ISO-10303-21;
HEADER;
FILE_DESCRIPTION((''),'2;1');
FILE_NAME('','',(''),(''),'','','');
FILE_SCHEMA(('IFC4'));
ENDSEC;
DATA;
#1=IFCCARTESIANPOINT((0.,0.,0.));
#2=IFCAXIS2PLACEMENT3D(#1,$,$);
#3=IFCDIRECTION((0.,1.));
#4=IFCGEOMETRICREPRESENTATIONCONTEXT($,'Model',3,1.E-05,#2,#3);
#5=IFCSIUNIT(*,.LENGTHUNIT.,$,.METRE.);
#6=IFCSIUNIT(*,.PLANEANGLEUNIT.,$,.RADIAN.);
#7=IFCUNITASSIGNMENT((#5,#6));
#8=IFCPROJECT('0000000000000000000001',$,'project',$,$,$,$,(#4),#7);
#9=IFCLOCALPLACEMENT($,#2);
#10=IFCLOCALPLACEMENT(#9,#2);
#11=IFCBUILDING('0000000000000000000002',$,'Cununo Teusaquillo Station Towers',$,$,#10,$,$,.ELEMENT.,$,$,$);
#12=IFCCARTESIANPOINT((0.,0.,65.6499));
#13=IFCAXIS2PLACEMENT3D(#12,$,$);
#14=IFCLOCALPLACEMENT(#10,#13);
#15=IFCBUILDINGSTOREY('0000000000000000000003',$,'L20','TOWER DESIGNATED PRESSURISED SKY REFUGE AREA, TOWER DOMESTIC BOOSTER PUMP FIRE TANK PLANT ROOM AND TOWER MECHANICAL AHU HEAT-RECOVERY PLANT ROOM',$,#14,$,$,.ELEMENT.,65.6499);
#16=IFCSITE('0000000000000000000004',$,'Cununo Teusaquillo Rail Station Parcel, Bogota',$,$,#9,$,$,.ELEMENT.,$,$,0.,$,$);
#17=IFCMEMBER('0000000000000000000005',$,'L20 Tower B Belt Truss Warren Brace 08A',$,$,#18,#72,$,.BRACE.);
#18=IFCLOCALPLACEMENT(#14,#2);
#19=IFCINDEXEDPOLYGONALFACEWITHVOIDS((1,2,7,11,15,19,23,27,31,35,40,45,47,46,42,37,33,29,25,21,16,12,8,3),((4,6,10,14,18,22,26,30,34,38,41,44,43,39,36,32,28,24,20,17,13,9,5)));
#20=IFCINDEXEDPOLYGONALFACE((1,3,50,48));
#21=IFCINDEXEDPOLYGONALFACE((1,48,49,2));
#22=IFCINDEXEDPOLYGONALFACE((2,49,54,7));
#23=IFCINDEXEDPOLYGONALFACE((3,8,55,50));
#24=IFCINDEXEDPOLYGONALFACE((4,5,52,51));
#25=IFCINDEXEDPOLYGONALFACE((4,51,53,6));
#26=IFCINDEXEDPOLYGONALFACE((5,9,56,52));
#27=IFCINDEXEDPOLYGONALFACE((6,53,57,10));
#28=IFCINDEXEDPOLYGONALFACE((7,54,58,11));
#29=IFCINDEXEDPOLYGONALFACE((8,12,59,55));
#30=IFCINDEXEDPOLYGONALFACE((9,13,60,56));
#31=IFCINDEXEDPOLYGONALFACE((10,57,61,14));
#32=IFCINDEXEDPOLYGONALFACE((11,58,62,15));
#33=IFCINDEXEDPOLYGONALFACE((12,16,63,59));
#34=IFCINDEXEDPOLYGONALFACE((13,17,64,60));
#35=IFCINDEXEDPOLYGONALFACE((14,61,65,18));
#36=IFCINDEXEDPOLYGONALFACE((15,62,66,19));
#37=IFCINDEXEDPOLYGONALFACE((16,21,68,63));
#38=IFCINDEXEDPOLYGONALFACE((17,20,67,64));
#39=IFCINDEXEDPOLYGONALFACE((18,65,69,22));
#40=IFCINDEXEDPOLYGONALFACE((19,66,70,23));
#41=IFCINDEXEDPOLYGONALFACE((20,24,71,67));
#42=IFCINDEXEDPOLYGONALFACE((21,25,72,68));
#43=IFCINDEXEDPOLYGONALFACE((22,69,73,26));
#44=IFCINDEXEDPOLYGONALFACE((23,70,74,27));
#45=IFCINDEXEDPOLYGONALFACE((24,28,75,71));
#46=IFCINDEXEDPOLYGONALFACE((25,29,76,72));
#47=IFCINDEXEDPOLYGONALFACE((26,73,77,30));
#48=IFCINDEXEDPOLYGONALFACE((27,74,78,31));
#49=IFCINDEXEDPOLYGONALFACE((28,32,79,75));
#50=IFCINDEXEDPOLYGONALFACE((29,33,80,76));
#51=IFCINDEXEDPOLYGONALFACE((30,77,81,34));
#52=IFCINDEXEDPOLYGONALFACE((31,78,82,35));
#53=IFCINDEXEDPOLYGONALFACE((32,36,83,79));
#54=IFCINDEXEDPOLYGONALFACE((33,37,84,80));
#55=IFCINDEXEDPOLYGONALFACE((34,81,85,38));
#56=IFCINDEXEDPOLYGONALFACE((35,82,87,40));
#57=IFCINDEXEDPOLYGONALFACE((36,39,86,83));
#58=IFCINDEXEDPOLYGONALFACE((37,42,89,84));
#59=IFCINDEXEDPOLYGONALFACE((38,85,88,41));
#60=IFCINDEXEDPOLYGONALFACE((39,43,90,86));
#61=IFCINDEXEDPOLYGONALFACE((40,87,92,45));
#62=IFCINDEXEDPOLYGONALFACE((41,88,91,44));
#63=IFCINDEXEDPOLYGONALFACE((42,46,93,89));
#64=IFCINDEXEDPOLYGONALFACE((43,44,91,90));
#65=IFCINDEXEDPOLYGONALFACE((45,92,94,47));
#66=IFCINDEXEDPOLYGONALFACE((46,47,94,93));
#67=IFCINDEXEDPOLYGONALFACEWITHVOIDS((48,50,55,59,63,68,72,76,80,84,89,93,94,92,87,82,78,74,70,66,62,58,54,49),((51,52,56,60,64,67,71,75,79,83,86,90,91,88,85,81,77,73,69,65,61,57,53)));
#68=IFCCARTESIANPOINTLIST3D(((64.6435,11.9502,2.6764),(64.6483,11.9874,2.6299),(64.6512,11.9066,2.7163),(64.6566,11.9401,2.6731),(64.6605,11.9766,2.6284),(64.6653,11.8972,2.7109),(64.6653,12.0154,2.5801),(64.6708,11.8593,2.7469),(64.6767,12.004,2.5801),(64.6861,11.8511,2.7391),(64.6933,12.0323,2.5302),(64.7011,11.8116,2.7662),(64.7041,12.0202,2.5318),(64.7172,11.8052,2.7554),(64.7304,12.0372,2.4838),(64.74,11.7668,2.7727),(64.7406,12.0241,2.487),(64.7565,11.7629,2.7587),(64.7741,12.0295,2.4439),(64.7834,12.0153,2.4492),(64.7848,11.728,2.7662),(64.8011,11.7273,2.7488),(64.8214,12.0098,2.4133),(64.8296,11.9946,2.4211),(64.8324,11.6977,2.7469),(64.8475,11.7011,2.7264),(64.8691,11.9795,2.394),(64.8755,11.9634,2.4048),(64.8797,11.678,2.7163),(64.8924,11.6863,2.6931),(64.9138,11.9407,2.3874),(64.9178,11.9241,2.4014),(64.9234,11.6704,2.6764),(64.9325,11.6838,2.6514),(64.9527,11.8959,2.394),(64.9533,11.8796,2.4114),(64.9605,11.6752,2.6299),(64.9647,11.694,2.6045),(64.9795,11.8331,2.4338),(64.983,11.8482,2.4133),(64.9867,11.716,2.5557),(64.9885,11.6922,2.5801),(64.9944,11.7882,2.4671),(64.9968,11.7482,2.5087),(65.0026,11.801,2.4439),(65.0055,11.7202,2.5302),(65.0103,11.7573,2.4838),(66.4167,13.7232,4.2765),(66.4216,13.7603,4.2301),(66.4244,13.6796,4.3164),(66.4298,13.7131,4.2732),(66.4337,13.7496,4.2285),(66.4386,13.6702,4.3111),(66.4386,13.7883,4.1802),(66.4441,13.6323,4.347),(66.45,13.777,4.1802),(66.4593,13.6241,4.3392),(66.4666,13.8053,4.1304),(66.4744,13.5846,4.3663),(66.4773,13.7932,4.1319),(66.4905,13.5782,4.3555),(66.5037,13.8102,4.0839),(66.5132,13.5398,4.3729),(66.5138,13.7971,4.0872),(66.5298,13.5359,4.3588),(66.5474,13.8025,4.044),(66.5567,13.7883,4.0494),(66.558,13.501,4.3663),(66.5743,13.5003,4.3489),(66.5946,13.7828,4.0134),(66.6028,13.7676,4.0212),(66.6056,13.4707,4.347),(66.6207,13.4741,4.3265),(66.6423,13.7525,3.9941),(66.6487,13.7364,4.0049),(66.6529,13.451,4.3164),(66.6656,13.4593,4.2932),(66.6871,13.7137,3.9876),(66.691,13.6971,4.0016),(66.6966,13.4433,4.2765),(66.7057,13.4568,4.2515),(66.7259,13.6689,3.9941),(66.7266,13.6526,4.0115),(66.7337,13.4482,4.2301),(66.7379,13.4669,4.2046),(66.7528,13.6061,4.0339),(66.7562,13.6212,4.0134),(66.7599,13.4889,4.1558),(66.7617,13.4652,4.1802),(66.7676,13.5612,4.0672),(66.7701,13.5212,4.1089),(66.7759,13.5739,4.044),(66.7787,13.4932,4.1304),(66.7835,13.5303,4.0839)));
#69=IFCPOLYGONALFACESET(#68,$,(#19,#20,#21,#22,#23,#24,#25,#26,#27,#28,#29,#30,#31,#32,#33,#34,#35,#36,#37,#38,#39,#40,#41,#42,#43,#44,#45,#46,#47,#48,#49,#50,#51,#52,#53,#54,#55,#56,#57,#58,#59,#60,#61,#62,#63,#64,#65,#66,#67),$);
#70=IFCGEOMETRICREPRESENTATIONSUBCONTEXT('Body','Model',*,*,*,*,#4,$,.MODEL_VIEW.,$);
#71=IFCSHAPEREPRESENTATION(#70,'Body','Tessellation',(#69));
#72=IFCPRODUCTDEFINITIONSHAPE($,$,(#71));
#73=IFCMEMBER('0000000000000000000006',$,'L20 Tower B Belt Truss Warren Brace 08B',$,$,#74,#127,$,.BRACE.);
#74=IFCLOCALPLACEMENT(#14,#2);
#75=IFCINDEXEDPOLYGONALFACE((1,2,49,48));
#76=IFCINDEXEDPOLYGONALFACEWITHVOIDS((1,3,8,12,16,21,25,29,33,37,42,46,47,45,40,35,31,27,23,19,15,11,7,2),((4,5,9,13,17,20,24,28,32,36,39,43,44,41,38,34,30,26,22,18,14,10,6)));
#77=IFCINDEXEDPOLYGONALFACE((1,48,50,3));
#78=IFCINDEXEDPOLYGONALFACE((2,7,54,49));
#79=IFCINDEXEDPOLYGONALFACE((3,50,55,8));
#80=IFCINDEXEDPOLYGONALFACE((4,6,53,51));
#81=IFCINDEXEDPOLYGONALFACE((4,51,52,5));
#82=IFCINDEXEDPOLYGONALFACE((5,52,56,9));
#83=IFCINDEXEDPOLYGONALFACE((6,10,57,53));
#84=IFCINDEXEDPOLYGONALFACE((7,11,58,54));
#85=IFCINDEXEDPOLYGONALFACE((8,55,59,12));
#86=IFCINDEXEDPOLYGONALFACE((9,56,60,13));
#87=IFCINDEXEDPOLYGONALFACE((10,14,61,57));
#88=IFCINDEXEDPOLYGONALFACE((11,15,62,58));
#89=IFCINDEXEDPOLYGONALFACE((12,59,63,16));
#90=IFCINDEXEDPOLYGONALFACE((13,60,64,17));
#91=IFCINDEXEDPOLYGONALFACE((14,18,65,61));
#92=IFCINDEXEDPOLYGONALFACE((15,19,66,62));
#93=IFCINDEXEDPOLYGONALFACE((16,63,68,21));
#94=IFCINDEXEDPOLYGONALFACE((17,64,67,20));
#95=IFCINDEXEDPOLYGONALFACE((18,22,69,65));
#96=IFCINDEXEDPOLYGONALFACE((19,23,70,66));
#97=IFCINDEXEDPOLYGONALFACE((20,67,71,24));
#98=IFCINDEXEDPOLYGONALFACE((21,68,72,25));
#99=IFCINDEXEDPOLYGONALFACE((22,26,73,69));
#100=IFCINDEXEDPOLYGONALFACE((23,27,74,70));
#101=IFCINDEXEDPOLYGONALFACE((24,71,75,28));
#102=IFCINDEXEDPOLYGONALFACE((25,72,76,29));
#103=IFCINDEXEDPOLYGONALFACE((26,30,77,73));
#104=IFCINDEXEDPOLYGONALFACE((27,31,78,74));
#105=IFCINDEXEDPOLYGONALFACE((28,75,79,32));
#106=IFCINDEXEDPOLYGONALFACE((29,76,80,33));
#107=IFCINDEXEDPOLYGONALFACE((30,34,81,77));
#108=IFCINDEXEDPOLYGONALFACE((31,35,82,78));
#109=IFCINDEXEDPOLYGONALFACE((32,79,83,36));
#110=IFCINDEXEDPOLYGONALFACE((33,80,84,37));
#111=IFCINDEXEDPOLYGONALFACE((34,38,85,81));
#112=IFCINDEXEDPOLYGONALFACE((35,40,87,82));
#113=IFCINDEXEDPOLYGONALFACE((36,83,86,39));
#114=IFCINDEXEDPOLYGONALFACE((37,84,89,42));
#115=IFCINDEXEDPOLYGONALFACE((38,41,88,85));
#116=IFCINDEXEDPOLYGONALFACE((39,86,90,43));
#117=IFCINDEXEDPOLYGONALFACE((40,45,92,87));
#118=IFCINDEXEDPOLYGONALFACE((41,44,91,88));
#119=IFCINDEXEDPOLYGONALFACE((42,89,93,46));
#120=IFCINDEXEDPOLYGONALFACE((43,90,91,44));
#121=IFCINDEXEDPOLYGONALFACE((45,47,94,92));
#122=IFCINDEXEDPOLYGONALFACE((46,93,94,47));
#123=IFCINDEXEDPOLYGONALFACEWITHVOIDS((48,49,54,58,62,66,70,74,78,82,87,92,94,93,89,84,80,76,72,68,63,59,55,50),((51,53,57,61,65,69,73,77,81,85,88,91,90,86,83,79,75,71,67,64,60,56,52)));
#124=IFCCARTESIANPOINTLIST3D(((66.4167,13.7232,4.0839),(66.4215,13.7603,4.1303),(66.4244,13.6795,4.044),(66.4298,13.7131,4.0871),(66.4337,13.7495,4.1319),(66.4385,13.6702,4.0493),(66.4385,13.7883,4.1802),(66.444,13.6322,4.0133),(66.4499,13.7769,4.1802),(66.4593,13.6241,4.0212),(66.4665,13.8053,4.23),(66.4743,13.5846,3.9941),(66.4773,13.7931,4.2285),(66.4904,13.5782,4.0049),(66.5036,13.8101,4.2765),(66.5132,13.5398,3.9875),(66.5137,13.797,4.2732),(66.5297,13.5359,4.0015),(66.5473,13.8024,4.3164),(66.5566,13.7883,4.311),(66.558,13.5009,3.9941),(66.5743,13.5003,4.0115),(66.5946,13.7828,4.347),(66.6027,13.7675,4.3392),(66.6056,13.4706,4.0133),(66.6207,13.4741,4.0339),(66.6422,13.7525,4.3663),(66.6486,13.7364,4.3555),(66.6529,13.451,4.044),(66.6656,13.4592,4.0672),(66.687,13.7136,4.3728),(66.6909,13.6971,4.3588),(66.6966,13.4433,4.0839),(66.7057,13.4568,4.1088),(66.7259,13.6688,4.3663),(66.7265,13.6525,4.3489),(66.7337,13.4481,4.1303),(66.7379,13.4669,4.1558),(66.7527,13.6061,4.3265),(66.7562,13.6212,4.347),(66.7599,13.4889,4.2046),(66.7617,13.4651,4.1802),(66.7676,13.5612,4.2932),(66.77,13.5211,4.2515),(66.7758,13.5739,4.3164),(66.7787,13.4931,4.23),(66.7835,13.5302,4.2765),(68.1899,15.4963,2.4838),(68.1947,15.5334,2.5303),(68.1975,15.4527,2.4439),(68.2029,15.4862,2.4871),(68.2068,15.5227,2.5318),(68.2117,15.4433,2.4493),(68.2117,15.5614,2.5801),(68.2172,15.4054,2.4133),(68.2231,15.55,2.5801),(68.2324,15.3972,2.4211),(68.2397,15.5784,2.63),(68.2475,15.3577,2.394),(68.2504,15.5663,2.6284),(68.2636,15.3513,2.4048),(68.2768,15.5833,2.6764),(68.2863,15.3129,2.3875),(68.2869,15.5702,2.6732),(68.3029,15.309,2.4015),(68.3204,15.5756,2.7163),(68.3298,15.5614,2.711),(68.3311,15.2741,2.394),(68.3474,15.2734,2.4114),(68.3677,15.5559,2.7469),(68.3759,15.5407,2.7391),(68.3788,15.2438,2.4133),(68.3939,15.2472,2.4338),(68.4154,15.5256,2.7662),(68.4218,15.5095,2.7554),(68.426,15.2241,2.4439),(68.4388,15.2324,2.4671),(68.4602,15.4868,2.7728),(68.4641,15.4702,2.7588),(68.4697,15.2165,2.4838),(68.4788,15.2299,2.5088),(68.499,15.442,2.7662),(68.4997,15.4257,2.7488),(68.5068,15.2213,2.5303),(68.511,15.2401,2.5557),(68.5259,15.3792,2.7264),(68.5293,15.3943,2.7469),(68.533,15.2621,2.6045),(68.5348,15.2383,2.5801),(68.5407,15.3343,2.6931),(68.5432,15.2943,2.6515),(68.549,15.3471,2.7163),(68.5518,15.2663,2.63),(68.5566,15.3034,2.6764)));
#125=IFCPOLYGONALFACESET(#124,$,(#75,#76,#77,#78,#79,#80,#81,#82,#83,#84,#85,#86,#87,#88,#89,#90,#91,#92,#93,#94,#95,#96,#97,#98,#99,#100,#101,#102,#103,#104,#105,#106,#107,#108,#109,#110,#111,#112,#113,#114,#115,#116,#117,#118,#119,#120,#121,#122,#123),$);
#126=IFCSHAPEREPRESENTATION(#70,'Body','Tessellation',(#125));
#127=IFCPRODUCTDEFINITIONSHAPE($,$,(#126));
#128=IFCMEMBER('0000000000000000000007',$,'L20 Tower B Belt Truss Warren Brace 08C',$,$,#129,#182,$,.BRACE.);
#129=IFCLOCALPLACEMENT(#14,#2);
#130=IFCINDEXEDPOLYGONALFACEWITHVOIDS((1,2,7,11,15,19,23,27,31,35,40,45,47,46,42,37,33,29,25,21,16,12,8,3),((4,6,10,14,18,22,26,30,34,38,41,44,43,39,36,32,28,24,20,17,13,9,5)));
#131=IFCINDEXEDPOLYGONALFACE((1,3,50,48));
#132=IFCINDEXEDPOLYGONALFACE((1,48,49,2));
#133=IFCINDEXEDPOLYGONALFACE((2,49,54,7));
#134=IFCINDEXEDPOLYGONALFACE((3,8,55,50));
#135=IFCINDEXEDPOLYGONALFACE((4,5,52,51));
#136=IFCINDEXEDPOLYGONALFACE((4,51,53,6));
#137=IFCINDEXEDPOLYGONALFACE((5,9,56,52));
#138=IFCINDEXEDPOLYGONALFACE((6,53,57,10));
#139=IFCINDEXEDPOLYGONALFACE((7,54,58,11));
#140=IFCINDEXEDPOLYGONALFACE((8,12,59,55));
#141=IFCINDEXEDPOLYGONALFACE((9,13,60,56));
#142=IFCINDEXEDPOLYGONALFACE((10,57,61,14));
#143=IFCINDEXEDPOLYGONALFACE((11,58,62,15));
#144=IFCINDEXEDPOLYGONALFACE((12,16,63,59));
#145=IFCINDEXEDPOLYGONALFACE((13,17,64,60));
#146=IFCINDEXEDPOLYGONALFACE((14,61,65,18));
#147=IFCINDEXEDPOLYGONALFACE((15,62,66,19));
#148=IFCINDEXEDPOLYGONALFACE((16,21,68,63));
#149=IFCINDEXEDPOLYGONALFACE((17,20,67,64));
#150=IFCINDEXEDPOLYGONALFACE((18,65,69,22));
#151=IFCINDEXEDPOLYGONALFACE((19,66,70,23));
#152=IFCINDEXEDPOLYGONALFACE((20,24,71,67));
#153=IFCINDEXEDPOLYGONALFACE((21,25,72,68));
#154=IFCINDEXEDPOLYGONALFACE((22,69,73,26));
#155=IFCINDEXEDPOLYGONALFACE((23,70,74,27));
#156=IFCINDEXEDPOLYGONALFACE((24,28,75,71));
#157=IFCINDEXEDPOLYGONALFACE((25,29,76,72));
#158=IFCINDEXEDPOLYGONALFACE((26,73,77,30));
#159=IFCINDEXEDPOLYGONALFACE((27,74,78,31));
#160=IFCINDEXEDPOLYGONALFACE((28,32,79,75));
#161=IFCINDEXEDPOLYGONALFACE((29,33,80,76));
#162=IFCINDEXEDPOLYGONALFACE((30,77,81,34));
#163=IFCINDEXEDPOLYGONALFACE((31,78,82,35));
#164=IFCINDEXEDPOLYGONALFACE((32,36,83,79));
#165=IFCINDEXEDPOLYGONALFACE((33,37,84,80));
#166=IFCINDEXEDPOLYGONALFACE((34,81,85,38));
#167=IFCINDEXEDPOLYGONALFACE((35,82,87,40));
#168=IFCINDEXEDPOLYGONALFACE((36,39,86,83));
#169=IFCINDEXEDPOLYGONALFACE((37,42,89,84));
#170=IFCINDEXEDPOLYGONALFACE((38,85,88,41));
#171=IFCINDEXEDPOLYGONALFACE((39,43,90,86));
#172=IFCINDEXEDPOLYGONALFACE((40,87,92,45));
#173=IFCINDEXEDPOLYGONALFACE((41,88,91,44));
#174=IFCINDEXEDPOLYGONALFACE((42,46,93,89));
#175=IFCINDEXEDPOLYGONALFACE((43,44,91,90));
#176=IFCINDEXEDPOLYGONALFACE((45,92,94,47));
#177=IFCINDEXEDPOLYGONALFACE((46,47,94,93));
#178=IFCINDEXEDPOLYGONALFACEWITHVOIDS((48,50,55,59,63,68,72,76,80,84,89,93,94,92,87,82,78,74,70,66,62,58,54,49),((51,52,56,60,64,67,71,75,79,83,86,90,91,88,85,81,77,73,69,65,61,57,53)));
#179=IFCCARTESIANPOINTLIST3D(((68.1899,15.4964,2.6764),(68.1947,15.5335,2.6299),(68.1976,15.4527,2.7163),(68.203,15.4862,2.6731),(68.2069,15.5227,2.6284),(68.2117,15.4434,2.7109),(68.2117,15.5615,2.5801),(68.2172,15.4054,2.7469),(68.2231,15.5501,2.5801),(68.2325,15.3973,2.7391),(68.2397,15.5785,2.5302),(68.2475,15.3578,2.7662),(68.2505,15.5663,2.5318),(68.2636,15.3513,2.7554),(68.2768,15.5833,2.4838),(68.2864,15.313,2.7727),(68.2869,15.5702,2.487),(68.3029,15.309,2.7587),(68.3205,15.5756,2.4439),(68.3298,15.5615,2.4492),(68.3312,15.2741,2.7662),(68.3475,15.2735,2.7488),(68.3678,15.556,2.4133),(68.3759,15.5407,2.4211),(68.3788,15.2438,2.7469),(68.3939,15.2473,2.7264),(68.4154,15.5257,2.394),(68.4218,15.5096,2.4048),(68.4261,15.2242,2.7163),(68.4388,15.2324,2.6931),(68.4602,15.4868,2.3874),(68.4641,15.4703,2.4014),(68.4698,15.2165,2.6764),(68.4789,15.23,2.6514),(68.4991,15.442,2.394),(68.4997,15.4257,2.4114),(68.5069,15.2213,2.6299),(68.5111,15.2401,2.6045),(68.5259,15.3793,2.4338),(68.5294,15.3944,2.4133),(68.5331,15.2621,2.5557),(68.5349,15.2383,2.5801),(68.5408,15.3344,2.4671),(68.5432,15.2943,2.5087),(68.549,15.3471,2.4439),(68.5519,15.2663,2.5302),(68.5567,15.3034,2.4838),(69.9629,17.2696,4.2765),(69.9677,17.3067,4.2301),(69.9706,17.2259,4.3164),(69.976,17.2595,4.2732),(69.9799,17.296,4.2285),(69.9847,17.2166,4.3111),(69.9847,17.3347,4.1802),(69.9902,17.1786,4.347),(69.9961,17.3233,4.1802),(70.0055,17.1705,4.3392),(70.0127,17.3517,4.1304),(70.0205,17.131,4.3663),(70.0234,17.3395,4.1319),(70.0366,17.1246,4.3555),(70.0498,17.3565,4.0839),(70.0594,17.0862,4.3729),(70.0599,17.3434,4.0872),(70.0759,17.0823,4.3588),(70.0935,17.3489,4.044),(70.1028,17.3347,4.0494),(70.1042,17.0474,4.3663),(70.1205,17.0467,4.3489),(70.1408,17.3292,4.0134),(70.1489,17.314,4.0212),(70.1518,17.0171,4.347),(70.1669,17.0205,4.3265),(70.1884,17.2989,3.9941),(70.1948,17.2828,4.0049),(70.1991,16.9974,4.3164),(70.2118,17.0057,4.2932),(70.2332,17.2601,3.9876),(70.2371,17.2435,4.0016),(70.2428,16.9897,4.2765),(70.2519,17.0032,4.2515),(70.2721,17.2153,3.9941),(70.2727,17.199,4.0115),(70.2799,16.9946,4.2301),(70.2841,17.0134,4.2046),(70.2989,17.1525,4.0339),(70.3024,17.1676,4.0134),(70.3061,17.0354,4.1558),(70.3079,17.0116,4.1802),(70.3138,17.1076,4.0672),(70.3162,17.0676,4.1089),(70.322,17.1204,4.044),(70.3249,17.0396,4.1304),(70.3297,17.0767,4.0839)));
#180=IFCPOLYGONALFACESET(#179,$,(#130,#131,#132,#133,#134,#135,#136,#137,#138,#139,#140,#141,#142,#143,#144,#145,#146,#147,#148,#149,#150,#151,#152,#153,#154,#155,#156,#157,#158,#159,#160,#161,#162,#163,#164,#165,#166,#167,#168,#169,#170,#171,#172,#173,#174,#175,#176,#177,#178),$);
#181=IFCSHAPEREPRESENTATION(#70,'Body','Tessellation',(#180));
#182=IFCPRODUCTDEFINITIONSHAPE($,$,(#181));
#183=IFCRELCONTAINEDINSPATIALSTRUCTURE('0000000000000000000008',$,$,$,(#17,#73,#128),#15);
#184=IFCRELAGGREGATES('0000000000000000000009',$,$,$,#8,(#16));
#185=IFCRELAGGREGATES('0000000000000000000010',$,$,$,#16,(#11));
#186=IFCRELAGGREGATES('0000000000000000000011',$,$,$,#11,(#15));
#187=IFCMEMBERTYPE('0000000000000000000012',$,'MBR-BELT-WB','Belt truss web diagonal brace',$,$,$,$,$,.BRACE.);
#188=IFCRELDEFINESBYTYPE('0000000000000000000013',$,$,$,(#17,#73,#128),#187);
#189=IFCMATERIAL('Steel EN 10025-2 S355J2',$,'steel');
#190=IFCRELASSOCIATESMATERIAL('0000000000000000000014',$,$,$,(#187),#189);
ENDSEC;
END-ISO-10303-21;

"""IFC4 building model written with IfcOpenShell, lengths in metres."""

from ifc_helpers import new_model, si_unit, direction, frame, origin, origin_2d, place, context, subcontext, project, spatial, hollow_circle, extrude, material, material_profile, profile_set, type_object, element, save


model = new_model("IFC4")

# Units and contexts
model_context = context("Model", 3, precision=1e-05, world=origin(), true_north=direction((0.0, 1.0)))
body_context = subcontext(model_context, "Body", "Model", "MODEL_VIEW")
ifc_project = project(units=[si_unit("LENGTHUNIT", "METRE"), si_unit("PLANEANGLEUNIT", "RADIAN")], contexts=[model_context])

# Site, building, storey
site_placement = place(None, origin())
site = spatial("IfcSite", under=ifc_project, at=site_placement, Name="Cununo Teusaquillo Rail Station Parcel, Bogota", CompositionType="ELEMENT", RefElevation=0.0)
building_placement = place(site_placement, origin())
building = spatial("IfcBuilding", under=site, at=building_placement, Name="Cununo Teusaquillo Station Towers", CompositionType="ELEMENT")
storey_placement = place(building_placement, frame((0.0, 0.0, 65.6499)))
storey = spatial("IfcBuildingStorey", under=building, at=storey_placement, Name="L20", Description="TOWER DESIGNATED PRESSURISED SKY REFUGE AREA, TOWER DOMESTIC BOOSTER PUMP FIRE TANK PLANT ROOM AND TOWER MECHANICAL AHU HEAT-RECOVERY PLANT ROOM", CompositionType="ELEMENT", Elevation=65.6499)

# Members
ifc_material_1 = material(Name="Steel EN 10025-2 S355J2", Category="steel")
ifc_material_profile_1 = material_profile(ifc_material_1, hollow_circle(Radius=0.2285, WallThickness=0.0161, at=origin_2d()), Name="CHS 457x16")
ifc_profile_set_1 = profile_set([ifc_material_profile_1], Name="Steel EN 10025-2 S355J2")
member_type_1 = type_object("IfcMemberType", Name="MBR-BELT-WB", Description="Belt truss web diagonal brace", PredefinedType="BRACE", material=ifc_profile_set_1)
for number, where, z_axis, x_axis, name in (
    (1, (64.8269, 11.8538, 2.5801), (0.596124, 0.596042, 0.537931), (-0.707058, 0.707155, 0.0), "L20 Tower B Belt Truss Warren Brace 08A"),
    (2, (66.6001, 13.6267, 4.1802), (0.596095, 0.596095, -0.537905), (-0.707107, 0.707107, 0.0), "L20 Tower B Belt Truss Warren Brace 08B"),
    (3, (68.3733, 15.3999, 2.5801), (0.596042, 0.596124, 0.537931), (-0.707155, 0.707058, 0.0), "L20 Tower B Belt Truss Warren Brace 08C"),
):
    element("IfcMember", number, at=place(storey_placement, frame(where, z_axis=z_axis, x_axis=x_axis)), inside=storey, type_object=member_type_1, Name=name, PredefinedType="BRACE", context=body_context, shape_type="SweptSolid", body=[
        extrude(hollow_circle(Radius=0.2285, WallThickness=0.0161, at=origin_2d()), origin(), (0.0, 0.0, 1.0), 2.9746),
    ])

save(model, "model.ifc")
